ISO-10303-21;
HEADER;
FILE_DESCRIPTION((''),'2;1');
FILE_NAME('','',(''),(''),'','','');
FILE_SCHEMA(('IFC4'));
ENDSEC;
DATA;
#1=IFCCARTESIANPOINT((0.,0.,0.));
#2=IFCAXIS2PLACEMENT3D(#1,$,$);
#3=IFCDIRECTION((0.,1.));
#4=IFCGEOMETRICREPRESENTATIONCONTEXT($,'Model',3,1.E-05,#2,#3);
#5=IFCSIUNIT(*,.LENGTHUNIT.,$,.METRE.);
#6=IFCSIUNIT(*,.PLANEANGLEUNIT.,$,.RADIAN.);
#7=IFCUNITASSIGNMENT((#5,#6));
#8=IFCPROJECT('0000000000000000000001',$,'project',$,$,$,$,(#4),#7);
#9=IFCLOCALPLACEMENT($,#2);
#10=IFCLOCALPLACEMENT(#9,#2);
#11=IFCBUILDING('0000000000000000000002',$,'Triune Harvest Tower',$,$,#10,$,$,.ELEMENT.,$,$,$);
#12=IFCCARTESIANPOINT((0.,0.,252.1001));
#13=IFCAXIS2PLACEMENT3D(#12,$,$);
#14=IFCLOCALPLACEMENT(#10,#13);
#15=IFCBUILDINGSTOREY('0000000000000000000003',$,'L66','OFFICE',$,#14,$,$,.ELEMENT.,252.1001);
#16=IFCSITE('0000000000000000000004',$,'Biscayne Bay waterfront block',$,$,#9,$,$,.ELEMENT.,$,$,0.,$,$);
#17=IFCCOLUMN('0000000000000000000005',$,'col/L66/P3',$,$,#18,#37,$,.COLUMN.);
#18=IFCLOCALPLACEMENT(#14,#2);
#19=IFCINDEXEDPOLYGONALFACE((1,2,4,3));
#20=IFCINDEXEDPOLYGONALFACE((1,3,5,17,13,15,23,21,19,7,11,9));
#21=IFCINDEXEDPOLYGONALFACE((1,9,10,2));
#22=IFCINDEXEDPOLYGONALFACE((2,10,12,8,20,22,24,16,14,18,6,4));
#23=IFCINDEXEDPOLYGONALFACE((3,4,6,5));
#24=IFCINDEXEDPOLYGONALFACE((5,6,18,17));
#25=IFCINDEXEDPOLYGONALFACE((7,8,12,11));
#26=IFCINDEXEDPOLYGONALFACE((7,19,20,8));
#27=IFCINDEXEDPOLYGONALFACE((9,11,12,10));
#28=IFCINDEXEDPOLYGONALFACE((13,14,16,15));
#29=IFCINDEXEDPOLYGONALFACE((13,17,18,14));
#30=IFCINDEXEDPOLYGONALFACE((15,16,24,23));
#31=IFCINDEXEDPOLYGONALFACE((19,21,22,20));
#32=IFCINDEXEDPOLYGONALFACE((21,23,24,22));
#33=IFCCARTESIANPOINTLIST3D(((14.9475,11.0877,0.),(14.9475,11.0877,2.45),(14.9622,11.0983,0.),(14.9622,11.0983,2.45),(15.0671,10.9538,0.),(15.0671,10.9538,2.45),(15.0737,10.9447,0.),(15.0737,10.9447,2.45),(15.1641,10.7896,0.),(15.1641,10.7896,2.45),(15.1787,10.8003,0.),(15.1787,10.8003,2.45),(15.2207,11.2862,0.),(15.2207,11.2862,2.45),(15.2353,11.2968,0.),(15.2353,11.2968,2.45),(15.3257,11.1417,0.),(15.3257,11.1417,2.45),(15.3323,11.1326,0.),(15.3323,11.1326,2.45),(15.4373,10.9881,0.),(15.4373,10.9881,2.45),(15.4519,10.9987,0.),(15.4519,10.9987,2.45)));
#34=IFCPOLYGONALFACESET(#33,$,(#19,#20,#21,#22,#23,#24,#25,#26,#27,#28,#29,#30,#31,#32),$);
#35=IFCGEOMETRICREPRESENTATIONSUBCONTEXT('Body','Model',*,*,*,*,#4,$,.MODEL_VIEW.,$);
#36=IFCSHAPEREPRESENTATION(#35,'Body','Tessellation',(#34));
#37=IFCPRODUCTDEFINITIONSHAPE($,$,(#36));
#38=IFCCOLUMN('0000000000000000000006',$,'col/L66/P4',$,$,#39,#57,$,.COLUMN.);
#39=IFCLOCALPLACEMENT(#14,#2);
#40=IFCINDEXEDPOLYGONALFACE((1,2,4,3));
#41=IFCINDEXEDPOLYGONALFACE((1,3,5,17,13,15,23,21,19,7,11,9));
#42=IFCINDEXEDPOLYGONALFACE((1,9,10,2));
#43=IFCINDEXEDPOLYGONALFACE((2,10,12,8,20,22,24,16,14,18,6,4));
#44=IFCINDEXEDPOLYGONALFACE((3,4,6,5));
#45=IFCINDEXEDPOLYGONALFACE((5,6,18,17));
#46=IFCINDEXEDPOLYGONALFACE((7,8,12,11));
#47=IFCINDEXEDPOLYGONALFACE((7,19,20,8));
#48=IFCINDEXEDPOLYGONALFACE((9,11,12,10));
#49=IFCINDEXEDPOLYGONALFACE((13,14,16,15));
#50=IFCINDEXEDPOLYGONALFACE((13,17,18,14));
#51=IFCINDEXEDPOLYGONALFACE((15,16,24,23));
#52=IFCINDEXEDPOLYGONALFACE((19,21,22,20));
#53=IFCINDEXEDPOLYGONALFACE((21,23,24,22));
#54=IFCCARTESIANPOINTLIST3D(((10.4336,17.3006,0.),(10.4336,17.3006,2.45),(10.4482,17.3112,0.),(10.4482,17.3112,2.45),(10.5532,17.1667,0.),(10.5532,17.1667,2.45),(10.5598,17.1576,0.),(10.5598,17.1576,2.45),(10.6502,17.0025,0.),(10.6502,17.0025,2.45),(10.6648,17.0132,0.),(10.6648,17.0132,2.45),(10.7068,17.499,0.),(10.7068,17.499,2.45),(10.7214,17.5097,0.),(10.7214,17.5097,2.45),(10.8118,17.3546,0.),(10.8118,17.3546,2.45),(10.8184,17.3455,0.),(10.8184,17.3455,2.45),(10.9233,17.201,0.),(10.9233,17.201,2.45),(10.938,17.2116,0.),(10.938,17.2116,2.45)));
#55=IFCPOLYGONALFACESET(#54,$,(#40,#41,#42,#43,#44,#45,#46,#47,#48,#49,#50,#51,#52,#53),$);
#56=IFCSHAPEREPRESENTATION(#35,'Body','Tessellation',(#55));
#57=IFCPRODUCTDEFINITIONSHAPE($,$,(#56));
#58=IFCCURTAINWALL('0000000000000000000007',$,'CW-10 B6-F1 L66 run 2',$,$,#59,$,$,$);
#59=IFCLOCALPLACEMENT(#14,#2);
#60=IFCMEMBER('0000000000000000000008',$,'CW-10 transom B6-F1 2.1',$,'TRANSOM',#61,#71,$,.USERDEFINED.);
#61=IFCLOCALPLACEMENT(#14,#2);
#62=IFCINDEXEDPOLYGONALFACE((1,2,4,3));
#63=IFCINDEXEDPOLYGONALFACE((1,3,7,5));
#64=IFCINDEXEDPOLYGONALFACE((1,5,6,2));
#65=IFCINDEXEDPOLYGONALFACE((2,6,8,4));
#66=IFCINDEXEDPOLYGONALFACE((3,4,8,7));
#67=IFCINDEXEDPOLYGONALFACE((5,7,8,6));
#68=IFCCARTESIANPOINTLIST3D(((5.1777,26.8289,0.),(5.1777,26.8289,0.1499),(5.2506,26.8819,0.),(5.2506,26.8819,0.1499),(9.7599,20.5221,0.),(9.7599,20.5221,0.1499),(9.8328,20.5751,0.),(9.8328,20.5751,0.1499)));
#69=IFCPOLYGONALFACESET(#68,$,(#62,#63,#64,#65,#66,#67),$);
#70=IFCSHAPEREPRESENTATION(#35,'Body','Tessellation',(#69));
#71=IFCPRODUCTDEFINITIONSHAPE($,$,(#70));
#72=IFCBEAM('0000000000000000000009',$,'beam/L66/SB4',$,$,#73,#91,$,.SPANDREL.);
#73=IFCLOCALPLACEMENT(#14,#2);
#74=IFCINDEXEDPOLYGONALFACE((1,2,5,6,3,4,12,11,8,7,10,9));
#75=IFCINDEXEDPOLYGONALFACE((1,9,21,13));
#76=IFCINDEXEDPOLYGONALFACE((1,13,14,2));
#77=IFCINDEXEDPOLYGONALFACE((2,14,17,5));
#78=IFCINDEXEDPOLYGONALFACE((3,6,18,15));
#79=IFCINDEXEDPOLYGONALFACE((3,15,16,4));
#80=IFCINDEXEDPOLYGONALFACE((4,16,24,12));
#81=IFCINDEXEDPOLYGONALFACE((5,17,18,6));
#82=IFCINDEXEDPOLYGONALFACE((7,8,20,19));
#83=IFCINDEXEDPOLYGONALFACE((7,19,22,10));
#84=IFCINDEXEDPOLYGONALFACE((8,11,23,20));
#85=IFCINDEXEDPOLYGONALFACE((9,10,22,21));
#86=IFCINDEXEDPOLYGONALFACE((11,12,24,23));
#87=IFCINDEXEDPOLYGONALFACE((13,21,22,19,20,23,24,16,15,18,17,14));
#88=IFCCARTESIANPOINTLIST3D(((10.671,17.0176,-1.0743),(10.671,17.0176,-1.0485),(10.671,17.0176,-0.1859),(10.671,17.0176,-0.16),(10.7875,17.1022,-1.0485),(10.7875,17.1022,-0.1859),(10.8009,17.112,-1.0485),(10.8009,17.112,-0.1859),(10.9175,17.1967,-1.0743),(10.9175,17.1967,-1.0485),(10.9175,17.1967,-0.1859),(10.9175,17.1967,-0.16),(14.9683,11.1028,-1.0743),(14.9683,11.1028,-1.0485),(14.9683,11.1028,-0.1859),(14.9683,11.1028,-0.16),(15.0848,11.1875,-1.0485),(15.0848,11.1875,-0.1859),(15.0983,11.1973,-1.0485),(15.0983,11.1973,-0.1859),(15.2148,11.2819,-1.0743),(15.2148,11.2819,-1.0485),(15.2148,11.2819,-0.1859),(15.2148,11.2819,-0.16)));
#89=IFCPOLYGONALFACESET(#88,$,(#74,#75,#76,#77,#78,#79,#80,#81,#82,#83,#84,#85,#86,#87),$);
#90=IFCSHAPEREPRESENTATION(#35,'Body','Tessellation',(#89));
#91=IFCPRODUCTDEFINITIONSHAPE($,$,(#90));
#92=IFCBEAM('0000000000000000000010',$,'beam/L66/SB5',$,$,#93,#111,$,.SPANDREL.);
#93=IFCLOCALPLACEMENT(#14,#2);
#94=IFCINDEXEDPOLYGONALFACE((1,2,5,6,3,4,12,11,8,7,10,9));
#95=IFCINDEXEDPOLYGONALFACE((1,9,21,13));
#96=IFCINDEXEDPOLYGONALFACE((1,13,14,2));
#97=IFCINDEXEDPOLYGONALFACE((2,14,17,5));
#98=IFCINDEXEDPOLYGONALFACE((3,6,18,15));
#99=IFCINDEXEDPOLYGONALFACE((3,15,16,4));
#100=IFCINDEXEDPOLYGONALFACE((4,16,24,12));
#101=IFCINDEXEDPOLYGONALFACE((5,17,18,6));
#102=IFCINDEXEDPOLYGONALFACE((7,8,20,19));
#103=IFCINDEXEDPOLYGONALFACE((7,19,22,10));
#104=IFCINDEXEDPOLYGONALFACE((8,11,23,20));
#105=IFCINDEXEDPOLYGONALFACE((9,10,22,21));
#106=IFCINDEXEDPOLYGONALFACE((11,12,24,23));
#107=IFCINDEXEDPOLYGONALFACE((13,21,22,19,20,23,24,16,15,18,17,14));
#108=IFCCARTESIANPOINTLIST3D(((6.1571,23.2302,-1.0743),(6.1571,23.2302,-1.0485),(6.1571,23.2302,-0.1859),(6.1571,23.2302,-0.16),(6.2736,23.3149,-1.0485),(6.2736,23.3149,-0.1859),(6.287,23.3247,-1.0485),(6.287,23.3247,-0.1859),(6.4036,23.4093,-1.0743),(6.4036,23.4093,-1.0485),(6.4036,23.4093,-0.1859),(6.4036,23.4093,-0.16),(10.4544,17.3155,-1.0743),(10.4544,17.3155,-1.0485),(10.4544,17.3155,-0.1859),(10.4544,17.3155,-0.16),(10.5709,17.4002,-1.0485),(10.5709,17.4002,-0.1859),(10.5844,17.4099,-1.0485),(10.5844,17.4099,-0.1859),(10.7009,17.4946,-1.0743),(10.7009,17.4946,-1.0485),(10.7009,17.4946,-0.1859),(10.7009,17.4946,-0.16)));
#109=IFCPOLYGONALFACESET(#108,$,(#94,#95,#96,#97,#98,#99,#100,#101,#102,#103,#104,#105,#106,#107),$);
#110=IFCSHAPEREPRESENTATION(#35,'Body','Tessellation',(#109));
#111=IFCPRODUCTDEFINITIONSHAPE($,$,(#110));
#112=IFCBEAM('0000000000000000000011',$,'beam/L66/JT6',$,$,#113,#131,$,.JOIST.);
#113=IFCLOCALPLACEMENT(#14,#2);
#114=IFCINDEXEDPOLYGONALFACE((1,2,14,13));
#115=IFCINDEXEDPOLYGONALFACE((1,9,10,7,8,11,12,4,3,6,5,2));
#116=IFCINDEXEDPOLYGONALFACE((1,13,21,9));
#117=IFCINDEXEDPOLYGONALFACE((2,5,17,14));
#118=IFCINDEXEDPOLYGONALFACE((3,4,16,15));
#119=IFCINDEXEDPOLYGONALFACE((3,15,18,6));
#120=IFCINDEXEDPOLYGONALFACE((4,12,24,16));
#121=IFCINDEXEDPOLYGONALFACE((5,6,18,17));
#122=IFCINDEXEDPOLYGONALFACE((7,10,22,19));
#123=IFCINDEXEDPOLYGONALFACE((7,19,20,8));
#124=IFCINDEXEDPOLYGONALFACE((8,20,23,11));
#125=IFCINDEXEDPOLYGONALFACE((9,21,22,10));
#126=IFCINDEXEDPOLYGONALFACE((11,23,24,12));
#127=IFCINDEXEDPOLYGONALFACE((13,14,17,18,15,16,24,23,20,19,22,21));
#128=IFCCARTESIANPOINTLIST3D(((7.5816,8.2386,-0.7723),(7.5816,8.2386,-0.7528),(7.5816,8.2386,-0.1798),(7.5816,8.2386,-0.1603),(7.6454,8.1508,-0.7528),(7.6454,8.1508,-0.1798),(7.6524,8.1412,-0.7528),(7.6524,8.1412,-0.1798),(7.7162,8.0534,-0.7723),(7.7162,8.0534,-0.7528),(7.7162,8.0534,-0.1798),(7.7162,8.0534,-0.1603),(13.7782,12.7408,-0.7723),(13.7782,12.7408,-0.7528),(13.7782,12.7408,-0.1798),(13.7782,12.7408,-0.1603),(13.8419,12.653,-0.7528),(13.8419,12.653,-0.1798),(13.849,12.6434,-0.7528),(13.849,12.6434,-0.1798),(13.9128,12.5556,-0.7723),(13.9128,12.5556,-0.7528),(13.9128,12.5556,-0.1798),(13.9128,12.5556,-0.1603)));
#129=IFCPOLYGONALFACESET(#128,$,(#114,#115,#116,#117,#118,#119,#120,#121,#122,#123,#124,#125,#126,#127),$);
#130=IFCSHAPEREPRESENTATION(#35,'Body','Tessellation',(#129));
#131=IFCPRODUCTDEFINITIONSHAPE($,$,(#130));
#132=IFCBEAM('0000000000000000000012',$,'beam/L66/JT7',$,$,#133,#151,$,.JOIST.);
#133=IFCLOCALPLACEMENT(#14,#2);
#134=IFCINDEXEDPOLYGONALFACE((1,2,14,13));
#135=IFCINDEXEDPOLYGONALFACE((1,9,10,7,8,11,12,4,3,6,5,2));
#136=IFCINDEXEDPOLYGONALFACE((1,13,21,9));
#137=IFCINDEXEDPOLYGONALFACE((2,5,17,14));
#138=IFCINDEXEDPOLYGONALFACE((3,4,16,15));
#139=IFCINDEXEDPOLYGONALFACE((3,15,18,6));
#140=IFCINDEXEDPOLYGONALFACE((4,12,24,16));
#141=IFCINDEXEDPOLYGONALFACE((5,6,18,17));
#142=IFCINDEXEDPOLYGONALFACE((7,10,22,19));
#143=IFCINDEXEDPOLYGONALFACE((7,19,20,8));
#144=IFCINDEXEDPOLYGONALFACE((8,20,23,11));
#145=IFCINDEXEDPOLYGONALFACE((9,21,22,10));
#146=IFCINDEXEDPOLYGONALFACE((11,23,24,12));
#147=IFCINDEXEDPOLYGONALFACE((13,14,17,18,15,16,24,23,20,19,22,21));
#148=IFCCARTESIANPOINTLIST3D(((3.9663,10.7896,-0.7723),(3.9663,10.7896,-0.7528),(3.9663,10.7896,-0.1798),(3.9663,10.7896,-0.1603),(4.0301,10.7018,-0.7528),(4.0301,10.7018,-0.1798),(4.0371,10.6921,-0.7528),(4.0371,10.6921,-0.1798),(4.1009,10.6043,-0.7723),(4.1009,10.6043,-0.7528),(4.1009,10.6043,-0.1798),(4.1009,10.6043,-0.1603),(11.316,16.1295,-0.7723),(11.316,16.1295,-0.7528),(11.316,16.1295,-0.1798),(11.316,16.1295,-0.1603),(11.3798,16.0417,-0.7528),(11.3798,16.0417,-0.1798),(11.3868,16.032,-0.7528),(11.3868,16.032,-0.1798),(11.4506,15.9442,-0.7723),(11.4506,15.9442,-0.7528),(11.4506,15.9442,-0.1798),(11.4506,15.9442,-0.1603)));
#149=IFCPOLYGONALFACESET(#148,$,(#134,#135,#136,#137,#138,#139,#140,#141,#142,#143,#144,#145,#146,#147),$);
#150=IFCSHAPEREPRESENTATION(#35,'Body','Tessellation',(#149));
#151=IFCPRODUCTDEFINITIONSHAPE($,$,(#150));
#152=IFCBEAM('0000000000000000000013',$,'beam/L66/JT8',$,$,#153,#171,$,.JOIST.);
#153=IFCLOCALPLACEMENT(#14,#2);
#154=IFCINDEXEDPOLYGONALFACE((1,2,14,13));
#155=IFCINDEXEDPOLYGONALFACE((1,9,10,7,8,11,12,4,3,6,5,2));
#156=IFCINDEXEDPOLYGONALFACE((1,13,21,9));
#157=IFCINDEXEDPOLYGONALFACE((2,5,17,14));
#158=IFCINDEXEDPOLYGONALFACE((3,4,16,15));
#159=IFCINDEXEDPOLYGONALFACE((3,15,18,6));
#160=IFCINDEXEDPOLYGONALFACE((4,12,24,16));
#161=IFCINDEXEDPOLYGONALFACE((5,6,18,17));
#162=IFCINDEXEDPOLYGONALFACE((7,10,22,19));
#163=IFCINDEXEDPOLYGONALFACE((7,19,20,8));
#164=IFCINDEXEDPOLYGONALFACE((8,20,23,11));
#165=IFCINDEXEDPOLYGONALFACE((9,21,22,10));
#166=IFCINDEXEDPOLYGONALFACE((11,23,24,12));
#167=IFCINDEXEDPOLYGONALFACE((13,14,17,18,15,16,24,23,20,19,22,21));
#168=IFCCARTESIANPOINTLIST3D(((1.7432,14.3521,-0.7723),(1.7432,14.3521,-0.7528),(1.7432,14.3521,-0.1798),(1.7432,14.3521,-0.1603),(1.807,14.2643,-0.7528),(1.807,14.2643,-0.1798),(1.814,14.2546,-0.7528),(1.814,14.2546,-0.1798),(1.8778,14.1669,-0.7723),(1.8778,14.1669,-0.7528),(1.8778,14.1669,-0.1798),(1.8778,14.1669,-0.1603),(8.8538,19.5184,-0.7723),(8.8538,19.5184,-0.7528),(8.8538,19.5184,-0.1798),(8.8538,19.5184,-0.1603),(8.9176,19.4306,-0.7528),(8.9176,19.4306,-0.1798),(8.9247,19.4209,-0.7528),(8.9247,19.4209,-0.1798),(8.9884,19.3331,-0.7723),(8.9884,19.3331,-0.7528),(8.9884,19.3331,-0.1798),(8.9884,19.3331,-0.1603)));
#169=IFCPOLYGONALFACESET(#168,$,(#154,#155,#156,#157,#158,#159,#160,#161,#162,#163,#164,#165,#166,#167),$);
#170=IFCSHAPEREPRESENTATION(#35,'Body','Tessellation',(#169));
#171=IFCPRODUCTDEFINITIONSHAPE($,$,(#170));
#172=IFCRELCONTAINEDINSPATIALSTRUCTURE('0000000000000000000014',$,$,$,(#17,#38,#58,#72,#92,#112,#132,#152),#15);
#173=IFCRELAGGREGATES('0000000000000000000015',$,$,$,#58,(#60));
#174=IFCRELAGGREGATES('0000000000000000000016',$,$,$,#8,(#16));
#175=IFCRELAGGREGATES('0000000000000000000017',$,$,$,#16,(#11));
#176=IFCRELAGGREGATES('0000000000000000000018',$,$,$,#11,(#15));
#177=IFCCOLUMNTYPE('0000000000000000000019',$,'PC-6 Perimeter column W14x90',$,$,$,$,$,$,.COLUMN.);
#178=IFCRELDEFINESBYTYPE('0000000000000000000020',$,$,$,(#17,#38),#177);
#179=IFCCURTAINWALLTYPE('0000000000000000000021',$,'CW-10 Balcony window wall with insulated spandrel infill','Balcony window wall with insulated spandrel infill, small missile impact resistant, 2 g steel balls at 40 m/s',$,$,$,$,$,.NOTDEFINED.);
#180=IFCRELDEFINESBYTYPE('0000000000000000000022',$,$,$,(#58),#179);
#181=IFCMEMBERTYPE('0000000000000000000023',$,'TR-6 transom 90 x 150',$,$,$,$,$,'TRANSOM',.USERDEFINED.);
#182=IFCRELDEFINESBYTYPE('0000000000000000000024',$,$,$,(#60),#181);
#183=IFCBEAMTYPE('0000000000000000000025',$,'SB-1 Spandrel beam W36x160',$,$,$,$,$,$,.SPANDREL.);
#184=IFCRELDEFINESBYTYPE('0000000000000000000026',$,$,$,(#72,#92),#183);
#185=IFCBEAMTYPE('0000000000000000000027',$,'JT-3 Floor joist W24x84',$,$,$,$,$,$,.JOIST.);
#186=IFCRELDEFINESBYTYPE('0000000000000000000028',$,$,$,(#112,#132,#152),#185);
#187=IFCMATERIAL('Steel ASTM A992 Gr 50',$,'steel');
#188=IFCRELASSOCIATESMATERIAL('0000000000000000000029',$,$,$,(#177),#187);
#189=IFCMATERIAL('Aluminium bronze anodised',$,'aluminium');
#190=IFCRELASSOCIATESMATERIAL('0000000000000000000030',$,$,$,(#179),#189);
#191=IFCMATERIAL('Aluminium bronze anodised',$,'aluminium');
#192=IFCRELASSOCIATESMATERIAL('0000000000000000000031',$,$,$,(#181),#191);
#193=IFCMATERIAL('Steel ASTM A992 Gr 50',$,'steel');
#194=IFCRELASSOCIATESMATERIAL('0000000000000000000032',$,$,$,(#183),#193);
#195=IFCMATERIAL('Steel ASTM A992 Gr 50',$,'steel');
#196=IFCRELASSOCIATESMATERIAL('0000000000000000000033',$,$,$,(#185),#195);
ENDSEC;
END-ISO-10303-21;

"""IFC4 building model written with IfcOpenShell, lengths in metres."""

from ifc_helpers import new_model, si_unit, direction, frame, origin, origin_2d, place, context, subcontext, project, spatial, rectangle, i_section, extrude, source, transform, mapped, material, material_profile, profile_set, type_object, element, aggregate, save


model = new_model("IFC4")

# Units and contexts
model_context = context("Model", 3, precision=1e-05, world=origin(), true_north=direction((0.0, 1.0)))
body_context = subcontext(model_context, "Body", "Model", "MODEL_VIEW")
ifc_project = project(units=[si_unit("LENGTHUNIT", "METRE"), si_unit("PLANEANGLEUNIT", "RADIAN")], contexts=[model_context])

# Site, building, storey
site_placement = place(None, origin())
site = spatial("IfcSite", under=ifc_project, at=site_placement, Name="Biscayne Bay waterfront block", CompositionType="ELEMENT", RefElevation=0.0)
building_placement = place(site_placement, origin())
building = spatial("IfcBuilding", under=site, at=building_placement, Name="Triune Harvest Tower", CompositionType="ELEMENT")
storey_placement = place(building_placement, frame((0.0, 0.0, 252.1001)))
storey = spatial("IfcBuildingStorey", under=building, at=storey_placement, Name="L66", Description="OFFICE", CompositionType="ELEMENT", Elevation=252.1001)

# Columns
ifc_material_1 = material(Name="Steel ASTM A992 Gr 50", Category="steel")
ifc_material_profile_1 = material_profile(ifc_material_1, i_section(OverallWidth=0.3684, OverallDepth=0.3557, WebThickness=0.0112, FlangeThickness=0.0181, at=origin_2d()), Name="W14x90")
ifc_profile_set_1 = profile_set([ifc_material_profile_1], Name="Steel ASTM A992 Gr 50")
column_type = type_object("IfcColumnType", Name="PC-6 Perimeter column W14x90", PredefinedType="COLUMN", material=ifc_profile_set_1)
shared_shape_1 = source(origin(), body_context, "Body", "SweptSolid", [
    extrude(i_section(OverallWidth=0.3684, OverallDepth=0.3557, WebThickness=0.0112, FlangeThickness=0.0181, at=origin_2d()), origin(), (0.0, 0.0, 1.0), 2.45),
])
for number, where, z_axis, x_axis, name in (
    (1, (15.1997, 11.0432, 0.0), (0.0, 0.0, 1.0), (-0.587785, 0.809017, 0.0), "col/L66/P3"),
    (2, (10.6858, 17.2561, 0.0), (0.0, 0.0, 1.0), (-0.587785, 0.809017, 0.0), "col/L66/P4"),
):
    element("IfcColumn", number, at=place(storey_placement, frame(where, z_axis=z_axis, x_axis=x_axis)), inside=storey, type_object=column_type, Name=name, PredefinedType="COLUMN", context=body_context, shape_type="MappedRepresentation", body=[
        mapped(shared_shape_1, transform((0.0, 0.0, 0.0), scale=1.0)),
    ])

# Curtain wall, member
ifc_material_2 = material(Name="Aluminium bronze anodised", Category="aluminium")
curtain_wall_type_1 = type_object("IfcCurtainWallType", Name="CW-10 Balcony window wall with insulated spandrel infill", Description="Balcony window wall with insulated spandrel infill, small missile impact resistant, 2 g steel balls at 40 m/s", PredefinedType="NOTDEFINED", material=ifc_material_2)
curtain_wall_1_placement = place(storey_placement, origin())
curtain_wall_1 = element("IfcCurtainWall", 3, at=curtain_wall_1_placement, inside=storey, type_object=curtain_wall_type_1, Name="CW-10 B6-F1 L66 run 2")
ifc_material_3 = material(Name="Aluminium bronze anodised", Category="aluminium")
ifc_material_profile_2 = material_profile(ifc_material_3, rectangle(XDim=0.0901, YDim=0.1499, at=origin_2d()), Name="TR-6 transom 90 x 150")
ifc_profile_set_2 = profile_set([ifc_material_profile_2], Name="Aluminium bronze anodised")
member_type_1 = type_object("IfcMemberType", Name="TR-6 transom 90 x 150", ElementType="TRANSOM", PredefinedType="USERDEFINED", material=ifc_profile_set_2)
member_1_placement = place(storey_placement, frame((9.7964, 20.5486, 0.075), z_axis=(-0.58779, 0.809014, 0.0), x_axis=(-0.809014, -0.58779, 0.0)))
member_1 = element("IfcMember", 4, at=member_1_placement, type_object=member_type_1, Name="CW-10 transom B6-F1 2.1", ObjectType="TRANSOM", PredefinedType="USERDEFINED", context=body_context, shape_type="SweptSolid", body=[
    extrude(rectangle(XDim=0.0901, YDim=0.1499, at=origin_2d()), origin(), (0.0, 0.0, 1.0), 7.7957),
])

# Beams
ifc_material_4 = material(Name="Steel ASTM A992 Gr 50", Category="steel")
ifc_material_profile_3 = material_profile(ifc_material_4, i_section(OverallWidth=0.3047, OverallDepth=0.9143, WebThickness=0.0166, FlangeThickness=0.0259, at=origin_2d()), Name="W36x160")
ifc_profile_set_3 = profile_set([ifc_material_profile_3], Name="Steel ASTM A992 Gr 50")
beam_type_1 = type_object("IfcBeamType", Name="SB-1 Spandrel beam W36x160", PredefinedType="SPANDREL", material=ifc_profile_set_3)
shared_shape_2 = source(origin(), body_context, "Body", "SweptSolid", [
    extrude(i_section(OverallWidth=0.3047, OverallDepth=0.9143, WebThickness=0.0166, FlangeThickness=0.0259, at=origin_2d()), origin(), (0.0, 0.0, 1.0), 7.311),
])
for number, where, z_axis, x_axis, name in (
    (5, (15.0916, 11.1924, -0.6172), (-0.587786, 0.809016, 0.0), (-0.809016, -0.587786, 0.0), "beam/L66/SB4"),
    (6, (10.5776, 17.405, -0.6172), (-0.587786, 0.809016, 0.0), (-0.809016, -0.587786, 0.0), "beam/L66/SB5"),
):
    element("IfcBeam", number, at=place(storey_placement, frame(where, z_axis=z_axis, x_axis=x_axis)), inside=storey, type_object=beam_type_1, Name=name, PredefinedType="SPANDREL", context=body_context, shape_type="MappedRepresentation", body=[
        mapped(shared_shape_2, transform((0.0, 0.0, 0.0), scale=1.0)),
    ])
ifc_material_5 = material(Name="Steel ASTM A992 Gr 50", Category="steel")
ifc_material_profile_4 = material_profile(ifc_material_5, i_section(OverallWidth=0.229, OverallDepth=0.6121, WebThickness=0.012, FlangeThickness=0.0195, at=origin_2d()), Name="W24x84")
ifc_profile_set_4 = profile_set([ifc_material_profile_4], Name="Steel ASTM A992 Gr 50")
beam_type_2 = type_object("IfcBeamType", Name="JT-3 Floor joist W24x84", PredefinedType="JOIST", material=ifc_profile_set_4)
shared_shape_3 = source(origin(), body_context, "Body", "SweptSolid", [
    extrude(i_section(OverallWidth=0.229, OverallDepth=0.6121, WebThickness=0.012, FlangeThickness=0.0195, at=origin_2d()), origin(), (0.0, 0.0, 1.0), 7.6594),
])
beam_1_placement = place(storey_placement, frame((13.8455, 12.6482, -0.4663), z_axis=(-0.809008, -0.587798, 0.0), x_axis=(0.587798, -0.809008, 0.0)))
element("IfcBeam", 7, at=beam_1_placement, inside=storey, type_object=beam_type_2, Name="beam/L66/JT6", PredefinedType="JOIST", context=body_context, shape_type="MappedRepresentation", body=[
    mapped(shared_shape_3, transform((0.0, 0.0, 0.0), scale=1.0)),
])
shared_shape_4 = source(origin(), body_context, "Body", "SweptSolid", [
    extrude(i_section(OverallWidth=0.229, OverallDepth=0.6121, WebThickness=0.012, FlangeThickness=0.0195, at=origin_2d()), origin(), (0.0, 0.0, 1.0), 9.0847),
])
beam_2_placement = place(storey_placement, frame((11.3833, 16.0369, -0.4663), z_axis=(-0.809015, -0.587788, 0.0), x_axis=(0.587788, -0.809015, 0.0)))
element("IfcBeam", 8, at=beam_2_placement, inside=storey, type_object=beam_type_2, Name="beam/L66/JT7", PredefinedType="JOIST", context=body_context, shape_type="MappedRepresentation", body=[
    mapped(shared_shape_4, transform((0.0, 0.0, 0.0), scale=1.0)),
])
shared_shape_5 = source(origin(), body_context, "Body", "SweptSolid", [
    extrude(i_section(OverallWidth=0.229, OverallDepth=0.6121, WebThickness=0.012, FlangeThickness=0.0195, at=origin_2d()), origin(), (0.0, 0.0, 1.0), 8.7893),
])
beam_3_placement = place(storey_placement, frame((8.9211, 19.4258, -0.4663), z_axis=(-0.809011, -0.587793, 0.0), x_axis=(0.587793, -0.809011, 0.0)))
element("IfcBeam", 9, at=beam_3_placement, inside=storey, type_object=beam_type_2, Name="beam/L66/JT8", PredefinedType="JOIST", context=body_context, shape_type="MappedRepresentation", body=[
    mapped(shared_shape_5, transform((0.0, 0.0, 0.0), scale=1.0)),
])

aggregate(curtain_wall_1, [member_1])

save(model, "model.ifc")
